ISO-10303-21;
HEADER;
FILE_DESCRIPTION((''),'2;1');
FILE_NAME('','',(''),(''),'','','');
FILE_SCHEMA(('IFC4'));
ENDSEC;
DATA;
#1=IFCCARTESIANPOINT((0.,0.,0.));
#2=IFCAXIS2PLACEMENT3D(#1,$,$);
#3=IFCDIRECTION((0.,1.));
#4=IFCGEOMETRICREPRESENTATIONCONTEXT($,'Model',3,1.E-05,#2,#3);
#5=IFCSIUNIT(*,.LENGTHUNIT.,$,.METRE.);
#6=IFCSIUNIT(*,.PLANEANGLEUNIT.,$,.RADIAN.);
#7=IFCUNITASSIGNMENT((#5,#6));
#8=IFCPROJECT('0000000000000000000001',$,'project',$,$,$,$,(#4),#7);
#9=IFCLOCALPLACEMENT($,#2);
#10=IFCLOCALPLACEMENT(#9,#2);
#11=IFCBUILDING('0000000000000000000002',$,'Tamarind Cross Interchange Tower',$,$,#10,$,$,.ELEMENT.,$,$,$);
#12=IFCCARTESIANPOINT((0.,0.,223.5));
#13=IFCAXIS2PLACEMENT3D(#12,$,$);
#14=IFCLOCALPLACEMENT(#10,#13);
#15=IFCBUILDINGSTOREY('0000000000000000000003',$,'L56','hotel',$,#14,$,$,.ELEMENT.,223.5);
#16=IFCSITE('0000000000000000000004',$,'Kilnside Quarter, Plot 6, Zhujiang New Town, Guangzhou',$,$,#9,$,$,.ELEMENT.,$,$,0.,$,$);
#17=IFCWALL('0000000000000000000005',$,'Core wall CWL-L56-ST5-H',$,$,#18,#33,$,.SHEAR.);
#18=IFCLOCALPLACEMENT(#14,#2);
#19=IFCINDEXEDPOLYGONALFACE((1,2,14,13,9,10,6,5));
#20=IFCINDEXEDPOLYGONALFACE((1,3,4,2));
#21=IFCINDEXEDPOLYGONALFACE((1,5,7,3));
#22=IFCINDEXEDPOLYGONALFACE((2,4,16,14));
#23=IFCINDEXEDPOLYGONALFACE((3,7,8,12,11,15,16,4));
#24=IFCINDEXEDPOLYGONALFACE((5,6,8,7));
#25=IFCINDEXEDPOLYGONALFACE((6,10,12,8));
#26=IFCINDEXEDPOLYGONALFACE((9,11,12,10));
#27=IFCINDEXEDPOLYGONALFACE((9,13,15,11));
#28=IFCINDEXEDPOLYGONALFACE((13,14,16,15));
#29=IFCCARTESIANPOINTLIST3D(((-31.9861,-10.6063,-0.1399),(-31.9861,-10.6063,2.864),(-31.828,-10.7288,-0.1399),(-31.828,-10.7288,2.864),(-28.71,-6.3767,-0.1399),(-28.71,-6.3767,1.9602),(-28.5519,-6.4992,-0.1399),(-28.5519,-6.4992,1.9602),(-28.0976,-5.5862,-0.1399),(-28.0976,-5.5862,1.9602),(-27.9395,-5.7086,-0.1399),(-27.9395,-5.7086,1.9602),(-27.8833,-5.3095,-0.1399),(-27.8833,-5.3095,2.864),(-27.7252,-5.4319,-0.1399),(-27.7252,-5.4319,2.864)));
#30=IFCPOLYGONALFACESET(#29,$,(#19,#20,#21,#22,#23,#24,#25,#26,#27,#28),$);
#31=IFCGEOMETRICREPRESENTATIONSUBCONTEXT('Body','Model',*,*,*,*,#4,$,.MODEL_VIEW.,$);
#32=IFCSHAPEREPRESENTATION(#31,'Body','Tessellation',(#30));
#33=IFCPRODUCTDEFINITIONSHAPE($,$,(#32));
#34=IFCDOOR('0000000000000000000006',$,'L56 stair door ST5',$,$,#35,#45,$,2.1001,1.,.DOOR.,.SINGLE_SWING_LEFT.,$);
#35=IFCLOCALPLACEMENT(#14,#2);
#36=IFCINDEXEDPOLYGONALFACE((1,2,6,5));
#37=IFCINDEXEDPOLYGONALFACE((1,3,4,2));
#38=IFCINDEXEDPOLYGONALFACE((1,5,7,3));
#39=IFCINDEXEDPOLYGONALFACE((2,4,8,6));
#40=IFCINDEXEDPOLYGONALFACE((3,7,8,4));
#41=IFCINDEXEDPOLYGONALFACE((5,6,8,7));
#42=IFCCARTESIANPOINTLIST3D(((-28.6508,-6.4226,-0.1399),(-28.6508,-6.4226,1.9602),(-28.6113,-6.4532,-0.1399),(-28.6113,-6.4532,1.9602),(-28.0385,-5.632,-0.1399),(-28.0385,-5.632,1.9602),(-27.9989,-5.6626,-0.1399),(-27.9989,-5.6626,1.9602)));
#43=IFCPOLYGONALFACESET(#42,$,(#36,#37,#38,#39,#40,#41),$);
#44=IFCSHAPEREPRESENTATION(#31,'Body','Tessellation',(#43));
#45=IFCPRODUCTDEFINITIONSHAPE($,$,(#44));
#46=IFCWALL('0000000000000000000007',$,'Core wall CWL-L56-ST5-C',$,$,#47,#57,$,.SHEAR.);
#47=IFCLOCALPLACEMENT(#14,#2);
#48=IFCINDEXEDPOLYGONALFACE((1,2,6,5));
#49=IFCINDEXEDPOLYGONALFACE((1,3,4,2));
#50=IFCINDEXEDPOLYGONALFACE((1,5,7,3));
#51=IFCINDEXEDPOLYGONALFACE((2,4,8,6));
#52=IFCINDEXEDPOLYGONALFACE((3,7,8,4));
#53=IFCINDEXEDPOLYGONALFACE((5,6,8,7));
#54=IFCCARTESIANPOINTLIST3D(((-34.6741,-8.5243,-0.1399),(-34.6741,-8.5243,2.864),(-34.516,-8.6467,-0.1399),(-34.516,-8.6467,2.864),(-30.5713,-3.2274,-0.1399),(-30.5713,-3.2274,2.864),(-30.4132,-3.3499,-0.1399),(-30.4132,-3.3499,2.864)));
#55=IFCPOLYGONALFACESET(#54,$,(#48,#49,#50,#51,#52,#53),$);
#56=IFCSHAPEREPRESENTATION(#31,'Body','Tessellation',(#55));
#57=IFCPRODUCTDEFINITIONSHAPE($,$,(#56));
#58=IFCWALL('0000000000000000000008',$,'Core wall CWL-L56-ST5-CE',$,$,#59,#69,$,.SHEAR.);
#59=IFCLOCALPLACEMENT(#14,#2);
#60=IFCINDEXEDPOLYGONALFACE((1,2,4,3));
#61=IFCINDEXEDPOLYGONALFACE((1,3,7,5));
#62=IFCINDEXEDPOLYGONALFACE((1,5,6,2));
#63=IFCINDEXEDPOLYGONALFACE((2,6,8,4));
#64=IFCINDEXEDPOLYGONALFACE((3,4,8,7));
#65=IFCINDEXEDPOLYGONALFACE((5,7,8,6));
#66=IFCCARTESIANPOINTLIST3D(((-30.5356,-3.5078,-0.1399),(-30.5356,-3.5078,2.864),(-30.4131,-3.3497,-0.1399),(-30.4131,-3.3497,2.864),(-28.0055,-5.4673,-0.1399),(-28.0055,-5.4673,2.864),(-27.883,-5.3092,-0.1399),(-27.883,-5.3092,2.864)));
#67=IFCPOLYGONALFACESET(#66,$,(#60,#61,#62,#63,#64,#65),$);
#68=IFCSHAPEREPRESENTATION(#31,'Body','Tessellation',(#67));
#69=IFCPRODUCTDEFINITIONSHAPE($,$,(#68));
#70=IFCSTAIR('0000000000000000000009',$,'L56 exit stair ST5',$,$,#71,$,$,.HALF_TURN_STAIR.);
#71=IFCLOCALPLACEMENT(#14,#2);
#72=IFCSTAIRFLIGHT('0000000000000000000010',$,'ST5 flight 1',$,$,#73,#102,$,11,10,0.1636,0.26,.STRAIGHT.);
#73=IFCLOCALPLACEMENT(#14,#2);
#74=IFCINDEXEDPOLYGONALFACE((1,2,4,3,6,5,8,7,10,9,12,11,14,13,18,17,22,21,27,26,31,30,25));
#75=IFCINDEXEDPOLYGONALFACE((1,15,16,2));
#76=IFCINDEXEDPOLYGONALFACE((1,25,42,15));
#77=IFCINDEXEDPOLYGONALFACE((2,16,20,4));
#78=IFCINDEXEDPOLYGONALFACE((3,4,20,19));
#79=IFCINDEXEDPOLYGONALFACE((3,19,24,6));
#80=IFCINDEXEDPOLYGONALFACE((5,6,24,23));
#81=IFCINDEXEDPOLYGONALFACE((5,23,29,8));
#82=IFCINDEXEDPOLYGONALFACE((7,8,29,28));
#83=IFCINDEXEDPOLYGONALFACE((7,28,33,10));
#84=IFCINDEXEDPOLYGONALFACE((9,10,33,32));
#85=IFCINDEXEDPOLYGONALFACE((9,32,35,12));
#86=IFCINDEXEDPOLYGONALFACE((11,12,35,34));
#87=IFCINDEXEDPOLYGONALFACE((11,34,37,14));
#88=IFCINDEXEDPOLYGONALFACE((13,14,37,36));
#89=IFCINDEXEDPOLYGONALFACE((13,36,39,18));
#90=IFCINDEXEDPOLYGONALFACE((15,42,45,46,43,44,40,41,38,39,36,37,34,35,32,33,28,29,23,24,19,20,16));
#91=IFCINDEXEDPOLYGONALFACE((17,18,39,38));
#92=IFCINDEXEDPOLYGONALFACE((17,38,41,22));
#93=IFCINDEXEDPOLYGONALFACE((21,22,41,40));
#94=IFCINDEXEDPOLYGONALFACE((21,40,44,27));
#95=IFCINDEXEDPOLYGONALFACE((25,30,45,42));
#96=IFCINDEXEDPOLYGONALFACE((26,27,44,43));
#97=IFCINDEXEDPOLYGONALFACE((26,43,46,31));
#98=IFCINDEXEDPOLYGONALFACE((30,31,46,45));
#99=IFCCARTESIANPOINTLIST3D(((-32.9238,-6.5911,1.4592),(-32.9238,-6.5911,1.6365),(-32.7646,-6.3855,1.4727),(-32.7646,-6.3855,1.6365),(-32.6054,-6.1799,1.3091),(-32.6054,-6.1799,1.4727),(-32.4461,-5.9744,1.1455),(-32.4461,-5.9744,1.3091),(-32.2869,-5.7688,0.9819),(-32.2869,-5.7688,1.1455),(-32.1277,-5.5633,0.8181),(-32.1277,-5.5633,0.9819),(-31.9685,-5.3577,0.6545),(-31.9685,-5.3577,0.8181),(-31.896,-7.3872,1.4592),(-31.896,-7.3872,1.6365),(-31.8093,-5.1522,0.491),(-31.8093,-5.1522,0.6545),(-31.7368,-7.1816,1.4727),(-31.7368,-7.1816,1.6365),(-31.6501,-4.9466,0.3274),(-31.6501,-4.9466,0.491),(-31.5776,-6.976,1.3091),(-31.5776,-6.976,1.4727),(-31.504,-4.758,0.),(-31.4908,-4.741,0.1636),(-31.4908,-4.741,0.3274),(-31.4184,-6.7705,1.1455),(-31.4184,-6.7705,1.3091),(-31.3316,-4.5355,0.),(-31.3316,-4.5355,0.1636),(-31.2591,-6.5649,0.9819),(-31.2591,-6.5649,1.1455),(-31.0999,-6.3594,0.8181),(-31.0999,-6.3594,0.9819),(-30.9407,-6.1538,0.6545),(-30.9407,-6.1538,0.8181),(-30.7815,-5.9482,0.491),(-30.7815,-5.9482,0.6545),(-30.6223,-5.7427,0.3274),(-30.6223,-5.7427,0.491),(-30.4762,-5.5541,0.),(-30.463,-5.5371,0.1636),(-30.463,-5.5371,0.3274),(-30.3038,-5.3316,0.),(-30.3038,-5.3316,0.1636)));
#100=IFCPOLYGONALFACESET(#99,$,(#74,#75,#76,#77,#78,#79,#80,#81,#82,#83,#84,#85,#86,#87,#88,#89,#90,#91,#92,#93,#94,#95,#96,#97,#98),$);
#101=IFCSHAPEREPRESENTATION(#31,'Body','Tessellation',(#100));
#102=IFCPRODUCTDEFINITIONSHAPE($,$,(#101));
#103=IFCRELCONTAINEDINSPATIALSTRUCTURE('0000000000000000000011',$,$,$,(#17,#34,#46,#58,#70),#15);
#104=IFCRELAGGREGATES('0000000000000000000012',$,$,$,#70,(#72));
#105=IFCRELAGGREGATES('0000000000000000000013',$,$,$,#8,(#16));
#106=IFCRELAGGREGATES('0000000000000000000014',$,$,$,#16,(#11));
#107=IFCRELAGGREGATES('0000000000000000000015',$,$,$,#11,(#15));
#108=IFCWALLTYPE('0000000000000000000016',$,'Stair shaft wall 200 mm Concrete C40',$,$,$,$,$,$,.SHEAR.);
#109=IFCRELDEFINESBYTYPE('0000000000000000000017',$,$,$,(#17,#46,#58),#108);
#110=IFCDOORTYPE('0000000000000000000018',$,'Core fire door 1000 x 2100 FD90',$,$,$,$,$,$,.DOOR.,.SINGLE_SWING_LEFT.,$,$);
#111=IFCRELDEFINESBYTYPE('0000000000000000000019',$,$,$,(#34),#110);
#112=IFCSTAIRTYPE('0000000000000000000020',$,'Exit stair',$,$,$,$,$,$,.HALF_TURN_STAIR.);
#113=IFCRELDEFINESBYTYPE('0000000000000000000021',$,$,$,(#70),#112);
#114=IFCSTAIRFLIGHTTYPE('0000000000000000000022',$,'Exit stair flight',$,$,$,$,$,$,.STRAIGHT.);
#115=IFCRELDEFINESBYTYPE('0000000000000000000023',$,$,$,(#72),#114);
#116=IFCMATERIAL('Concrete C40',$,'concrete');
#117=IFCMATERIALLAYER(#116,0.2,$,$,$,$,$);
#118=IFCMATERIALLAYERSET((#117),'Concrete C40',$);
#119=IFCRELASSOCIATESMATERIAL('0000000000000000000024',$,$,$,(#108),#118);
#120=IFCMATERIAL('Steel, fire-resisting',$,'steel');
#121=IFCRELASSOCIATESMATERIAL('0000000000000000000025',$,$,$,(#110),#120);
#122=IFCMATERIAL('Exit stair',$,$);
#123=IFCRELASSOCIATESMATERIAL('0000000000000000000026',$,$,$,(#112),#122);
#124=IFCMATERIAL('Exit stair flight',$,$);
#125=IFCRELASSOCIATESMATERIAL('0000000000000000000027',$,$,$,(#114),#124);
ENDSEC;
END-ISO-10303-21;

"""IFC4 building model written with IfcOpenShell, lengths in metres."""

from ifc_helpers import new_model, si_unit, direction, frame, frame_2d, origin, place, context, subcontext, project, spatial, polyline, rectangle, outline, extrude, material, layer, layer_set, type_object, element, fill, aggregate, save


model = new_model("IFC4")

# Units and contexts
model_context = context("Model", 3, precision=1e-05, world=origin(), true_north=direction((0.0, 1.0)))
body_context = subcontext(model_context, "Body", "Model", "MODEL_VIEW")
ifc_project = project(units=[si_unit("LENGTHUNIT", "METRE"), si_unit("PLANEANGLEUNIT", "RADIAN")], contexts=[model_context])

# Site, building, storey
site_placement = place(None, origin())
site = spatial("IfcSite", under=ifc_project, at=site_placement, Name="Kilnside Quarter, Plot 6, Zhujiang New Town, Guangzhou", CompositionType="ELEMENT", RefElevation=0.0)
building_placement = place(site_placement, origin())
building = spatial("IfcBuilding", under=site, at=building_placement, Name="Tamarind Cross Interchange Tower", CompositionType="ELEMENT")
storey_placement = place(building_placement, frame((0.0, 0.0, 223.5)))
storey = spatial("IfcBuildingStorey", under=building, at=storey_placement, Name="L56", Description="hotel", CompositionType="ELEMENT", Elevation=223.5)

# Wall, opening, door
ifc_material_1 = material(Name="Concrete C40", Category="concrete")
ifc_layer_1 = layer(ifc_material_1, 0.2)
ifc_layer_set_1 = layer_set([ifc_layer_1], Name="Concrete C40")
wall_type_1 = type_object("IfcWallType", Name="Stair shaft wall 200 mm Concrete C40", PredefinedType="SHEAR", material=ifc_layer_set_1)
wall_1_placement = place(storey_placement, frame((-27.8042, -5.3706, -0.1399), z_axis=(0.0, 0.0, 1.0), x_axis=(-0.612358, -0.790581, 0.0)))
wall_1 = element("IfcWall", 1, at=wall_1_placement, inside=storey, type_object=wall_type_1, Name="Core wall CWL-L56-ST5-H", PredefinedType="SHEAR", context=body_context, shape_type="SweptSolid", body=[
    extrude(rectangle(XDim=6.7, YDim=0.2, at=frame_2d((3.3501, 0.0))), origin(), (0.0, 0.0, 1.0), 3.0039),
])
opening_1_placement = place(wall_1_placement, frame((0.3501, 0.0, 0.0)))
opening_1 = element("IfcOpeningElement", 2, at=opening_1_placement, cuts=wall_1, PredefinedType="OPENING", context=body_context, shape_type="SweptSolid", body=[
    extrude(rectangle(XDim=1.0, YDim=2.1001, at=frame_2d((0.5, 1.05))), frame((0.0, 0.1099, 0.0), z_axis=(0.0, -1.0, 0.0), x_axis=(1.0, 0.0, 0.0)), (0.0, 0.0, 1.0), 0.22),
])
ifc_material_2 = material(Name="Steel, fire-resisting", Category="steel")
door_type_1 = type_object("IfcDoorType", Name="Core fire door 1000 x 2100 FD90", OperationType="SINGLE_SWING_LEFT", PredefinedType="DOOR", material=ifc_material_2)
door_1_placement = place(opening_1_placement, origin())
door_1 = element("IfcDoor", 3, at=door_1_placement, inside=storey, type_object=door_type_1, Name="L56 stair door ST5", OperationType="SINGLE_SWING_LEFT", OverallHeight=2.1001, OverallWidth=1.0, PredefinedType="DOOR", context=body_context, shape_type="SweptSolid", body=[
    extrude(rectangle(XDim=1.0, YDim=2.1001, at=frame_2d((0.5, 1.05))), frame((0.0, 0.0249, 0.0), z_axis=(0.0, -1.0, 0.0), x_axis=(1.0, 0.0, 0.0)), (0.0, 0.0, 1.0), 0.05),
])
fill(opening_1, door_1)

# Walls
wall_2_placement = place(storey_placement, frame((-30.4922, -3.2886, -0.1399), z_axis=(0.0, 0.0, 1.0), x_axis=(-0.612358, -0.790581, 0.0)))
element("IfcWall", 4, at=wall_2_placement, inside=storey, type_object=wall_type_1, Name="Core wall CWL-L56-ST5-C", PredefinedType="SHEAR", context=body_context, shape_type="SweptSolid", body=[
    extrude(rectangle(XDim=6.7, YDim=0.2, at=frame_2d((3.3501, 0.0))), origin(), (0.0, 0.0, 1.0), 3.0039),
])
wall_3_placement = place(storey_placement, frame((-30.4744, -3.4287, -0.1399), z_axis=(0.0, 0.0, 1.0), x_axis=(0.790612, -0.612318, 0.0)))
element("IfcWall", 5, at=wall_3_placement, inside=storey, type_object=wall_type_1, Name="Core wall CWL-L56-ST5-CE", PredefinedType="SHEAR", context=body_context, shape_type="SweptSolid", body=[
    extrude(rectangle(XDim=3.2002, YDim=0.2, at=frame_2d((1.6001, 0.0))), origin(), (0.0, 0.0, 1.0), 3.0039),
])

# Stair, stair flight
ifc_material_3 = material(Name="Exit stair")
stair_type = type_object("IfcStairType", Name="Exit stair", PredefinedType="HALF_TURN_STAIR", material=ifc_material_3)
stair_placement = place(storey_placement, origin())
stair = element("IfcStair", 6, at=stair_placement, inside=storey, type_object=stair_type, Name="L56 exit stair ST5", PredefinedType="HALF_TURN_STAIR")
ifc_material_4 = material(Name="Exit stair flight")
stair_flight_type = type_object("IfcStairFlightType", Name="Exit stair flight", PredefinedType="STRAIGHT", material=ifc_material_4)
stair_flight_placement = place(storey_placement, frame((-30.8176, -4.9336, 0.0), z_axis=(0.0, 0.0, 1.0), x_axis=(-0.612355, -0.790583, 0.0)))
stair_flight = element("IfcStairFlight", 7, at=stair_flight_placement, type_object=stair_flight_type, Name="ST5 flight 1", NumberOfRisers=11, NumberOfTreads=10, PredefinedType="STRAIGHT", RiserHeight=0.1636, TreadLength=0.26, context=body_context, shape_type="SweptSolid", body=[
    extrude(outline(polyline([(0.0, 0.0), (0.0, 0.1636), (0.26, 0.1636), (0.26, 0.3274), (0.52, 0.3274), (0.52, 0.491), (0.78, 0.491), (0.78, 0.6545), (1.04, 0.6545), (1.04, 0.8181), (1.3, 0.8181), (1.3, 0.9819), (1.5601, 0.9819), (1.5601, 1.1455), (1.8201, 1.1455), (1.8201, 1.3091), (2.0801, 1.3091), (2.0801, 1.4727), (2.3401, 1.4727), (2.3401, 1.6365), (2.6001, 1.6365), (2.6001, 1.8), (2.6001, 1.4592), (0.2815, 0.0), (0.0, 0.0)])), frame((0.0, 0.6499, 0.0), z_axis=(0.0, -1.0, 0.0), x_axis=(1.0, 0.0, 0.0)), (0.0, 0.0, 1.0), 1.3),
])
aggregate(stair, [stair_flight])

save(model, "model.ifc")
